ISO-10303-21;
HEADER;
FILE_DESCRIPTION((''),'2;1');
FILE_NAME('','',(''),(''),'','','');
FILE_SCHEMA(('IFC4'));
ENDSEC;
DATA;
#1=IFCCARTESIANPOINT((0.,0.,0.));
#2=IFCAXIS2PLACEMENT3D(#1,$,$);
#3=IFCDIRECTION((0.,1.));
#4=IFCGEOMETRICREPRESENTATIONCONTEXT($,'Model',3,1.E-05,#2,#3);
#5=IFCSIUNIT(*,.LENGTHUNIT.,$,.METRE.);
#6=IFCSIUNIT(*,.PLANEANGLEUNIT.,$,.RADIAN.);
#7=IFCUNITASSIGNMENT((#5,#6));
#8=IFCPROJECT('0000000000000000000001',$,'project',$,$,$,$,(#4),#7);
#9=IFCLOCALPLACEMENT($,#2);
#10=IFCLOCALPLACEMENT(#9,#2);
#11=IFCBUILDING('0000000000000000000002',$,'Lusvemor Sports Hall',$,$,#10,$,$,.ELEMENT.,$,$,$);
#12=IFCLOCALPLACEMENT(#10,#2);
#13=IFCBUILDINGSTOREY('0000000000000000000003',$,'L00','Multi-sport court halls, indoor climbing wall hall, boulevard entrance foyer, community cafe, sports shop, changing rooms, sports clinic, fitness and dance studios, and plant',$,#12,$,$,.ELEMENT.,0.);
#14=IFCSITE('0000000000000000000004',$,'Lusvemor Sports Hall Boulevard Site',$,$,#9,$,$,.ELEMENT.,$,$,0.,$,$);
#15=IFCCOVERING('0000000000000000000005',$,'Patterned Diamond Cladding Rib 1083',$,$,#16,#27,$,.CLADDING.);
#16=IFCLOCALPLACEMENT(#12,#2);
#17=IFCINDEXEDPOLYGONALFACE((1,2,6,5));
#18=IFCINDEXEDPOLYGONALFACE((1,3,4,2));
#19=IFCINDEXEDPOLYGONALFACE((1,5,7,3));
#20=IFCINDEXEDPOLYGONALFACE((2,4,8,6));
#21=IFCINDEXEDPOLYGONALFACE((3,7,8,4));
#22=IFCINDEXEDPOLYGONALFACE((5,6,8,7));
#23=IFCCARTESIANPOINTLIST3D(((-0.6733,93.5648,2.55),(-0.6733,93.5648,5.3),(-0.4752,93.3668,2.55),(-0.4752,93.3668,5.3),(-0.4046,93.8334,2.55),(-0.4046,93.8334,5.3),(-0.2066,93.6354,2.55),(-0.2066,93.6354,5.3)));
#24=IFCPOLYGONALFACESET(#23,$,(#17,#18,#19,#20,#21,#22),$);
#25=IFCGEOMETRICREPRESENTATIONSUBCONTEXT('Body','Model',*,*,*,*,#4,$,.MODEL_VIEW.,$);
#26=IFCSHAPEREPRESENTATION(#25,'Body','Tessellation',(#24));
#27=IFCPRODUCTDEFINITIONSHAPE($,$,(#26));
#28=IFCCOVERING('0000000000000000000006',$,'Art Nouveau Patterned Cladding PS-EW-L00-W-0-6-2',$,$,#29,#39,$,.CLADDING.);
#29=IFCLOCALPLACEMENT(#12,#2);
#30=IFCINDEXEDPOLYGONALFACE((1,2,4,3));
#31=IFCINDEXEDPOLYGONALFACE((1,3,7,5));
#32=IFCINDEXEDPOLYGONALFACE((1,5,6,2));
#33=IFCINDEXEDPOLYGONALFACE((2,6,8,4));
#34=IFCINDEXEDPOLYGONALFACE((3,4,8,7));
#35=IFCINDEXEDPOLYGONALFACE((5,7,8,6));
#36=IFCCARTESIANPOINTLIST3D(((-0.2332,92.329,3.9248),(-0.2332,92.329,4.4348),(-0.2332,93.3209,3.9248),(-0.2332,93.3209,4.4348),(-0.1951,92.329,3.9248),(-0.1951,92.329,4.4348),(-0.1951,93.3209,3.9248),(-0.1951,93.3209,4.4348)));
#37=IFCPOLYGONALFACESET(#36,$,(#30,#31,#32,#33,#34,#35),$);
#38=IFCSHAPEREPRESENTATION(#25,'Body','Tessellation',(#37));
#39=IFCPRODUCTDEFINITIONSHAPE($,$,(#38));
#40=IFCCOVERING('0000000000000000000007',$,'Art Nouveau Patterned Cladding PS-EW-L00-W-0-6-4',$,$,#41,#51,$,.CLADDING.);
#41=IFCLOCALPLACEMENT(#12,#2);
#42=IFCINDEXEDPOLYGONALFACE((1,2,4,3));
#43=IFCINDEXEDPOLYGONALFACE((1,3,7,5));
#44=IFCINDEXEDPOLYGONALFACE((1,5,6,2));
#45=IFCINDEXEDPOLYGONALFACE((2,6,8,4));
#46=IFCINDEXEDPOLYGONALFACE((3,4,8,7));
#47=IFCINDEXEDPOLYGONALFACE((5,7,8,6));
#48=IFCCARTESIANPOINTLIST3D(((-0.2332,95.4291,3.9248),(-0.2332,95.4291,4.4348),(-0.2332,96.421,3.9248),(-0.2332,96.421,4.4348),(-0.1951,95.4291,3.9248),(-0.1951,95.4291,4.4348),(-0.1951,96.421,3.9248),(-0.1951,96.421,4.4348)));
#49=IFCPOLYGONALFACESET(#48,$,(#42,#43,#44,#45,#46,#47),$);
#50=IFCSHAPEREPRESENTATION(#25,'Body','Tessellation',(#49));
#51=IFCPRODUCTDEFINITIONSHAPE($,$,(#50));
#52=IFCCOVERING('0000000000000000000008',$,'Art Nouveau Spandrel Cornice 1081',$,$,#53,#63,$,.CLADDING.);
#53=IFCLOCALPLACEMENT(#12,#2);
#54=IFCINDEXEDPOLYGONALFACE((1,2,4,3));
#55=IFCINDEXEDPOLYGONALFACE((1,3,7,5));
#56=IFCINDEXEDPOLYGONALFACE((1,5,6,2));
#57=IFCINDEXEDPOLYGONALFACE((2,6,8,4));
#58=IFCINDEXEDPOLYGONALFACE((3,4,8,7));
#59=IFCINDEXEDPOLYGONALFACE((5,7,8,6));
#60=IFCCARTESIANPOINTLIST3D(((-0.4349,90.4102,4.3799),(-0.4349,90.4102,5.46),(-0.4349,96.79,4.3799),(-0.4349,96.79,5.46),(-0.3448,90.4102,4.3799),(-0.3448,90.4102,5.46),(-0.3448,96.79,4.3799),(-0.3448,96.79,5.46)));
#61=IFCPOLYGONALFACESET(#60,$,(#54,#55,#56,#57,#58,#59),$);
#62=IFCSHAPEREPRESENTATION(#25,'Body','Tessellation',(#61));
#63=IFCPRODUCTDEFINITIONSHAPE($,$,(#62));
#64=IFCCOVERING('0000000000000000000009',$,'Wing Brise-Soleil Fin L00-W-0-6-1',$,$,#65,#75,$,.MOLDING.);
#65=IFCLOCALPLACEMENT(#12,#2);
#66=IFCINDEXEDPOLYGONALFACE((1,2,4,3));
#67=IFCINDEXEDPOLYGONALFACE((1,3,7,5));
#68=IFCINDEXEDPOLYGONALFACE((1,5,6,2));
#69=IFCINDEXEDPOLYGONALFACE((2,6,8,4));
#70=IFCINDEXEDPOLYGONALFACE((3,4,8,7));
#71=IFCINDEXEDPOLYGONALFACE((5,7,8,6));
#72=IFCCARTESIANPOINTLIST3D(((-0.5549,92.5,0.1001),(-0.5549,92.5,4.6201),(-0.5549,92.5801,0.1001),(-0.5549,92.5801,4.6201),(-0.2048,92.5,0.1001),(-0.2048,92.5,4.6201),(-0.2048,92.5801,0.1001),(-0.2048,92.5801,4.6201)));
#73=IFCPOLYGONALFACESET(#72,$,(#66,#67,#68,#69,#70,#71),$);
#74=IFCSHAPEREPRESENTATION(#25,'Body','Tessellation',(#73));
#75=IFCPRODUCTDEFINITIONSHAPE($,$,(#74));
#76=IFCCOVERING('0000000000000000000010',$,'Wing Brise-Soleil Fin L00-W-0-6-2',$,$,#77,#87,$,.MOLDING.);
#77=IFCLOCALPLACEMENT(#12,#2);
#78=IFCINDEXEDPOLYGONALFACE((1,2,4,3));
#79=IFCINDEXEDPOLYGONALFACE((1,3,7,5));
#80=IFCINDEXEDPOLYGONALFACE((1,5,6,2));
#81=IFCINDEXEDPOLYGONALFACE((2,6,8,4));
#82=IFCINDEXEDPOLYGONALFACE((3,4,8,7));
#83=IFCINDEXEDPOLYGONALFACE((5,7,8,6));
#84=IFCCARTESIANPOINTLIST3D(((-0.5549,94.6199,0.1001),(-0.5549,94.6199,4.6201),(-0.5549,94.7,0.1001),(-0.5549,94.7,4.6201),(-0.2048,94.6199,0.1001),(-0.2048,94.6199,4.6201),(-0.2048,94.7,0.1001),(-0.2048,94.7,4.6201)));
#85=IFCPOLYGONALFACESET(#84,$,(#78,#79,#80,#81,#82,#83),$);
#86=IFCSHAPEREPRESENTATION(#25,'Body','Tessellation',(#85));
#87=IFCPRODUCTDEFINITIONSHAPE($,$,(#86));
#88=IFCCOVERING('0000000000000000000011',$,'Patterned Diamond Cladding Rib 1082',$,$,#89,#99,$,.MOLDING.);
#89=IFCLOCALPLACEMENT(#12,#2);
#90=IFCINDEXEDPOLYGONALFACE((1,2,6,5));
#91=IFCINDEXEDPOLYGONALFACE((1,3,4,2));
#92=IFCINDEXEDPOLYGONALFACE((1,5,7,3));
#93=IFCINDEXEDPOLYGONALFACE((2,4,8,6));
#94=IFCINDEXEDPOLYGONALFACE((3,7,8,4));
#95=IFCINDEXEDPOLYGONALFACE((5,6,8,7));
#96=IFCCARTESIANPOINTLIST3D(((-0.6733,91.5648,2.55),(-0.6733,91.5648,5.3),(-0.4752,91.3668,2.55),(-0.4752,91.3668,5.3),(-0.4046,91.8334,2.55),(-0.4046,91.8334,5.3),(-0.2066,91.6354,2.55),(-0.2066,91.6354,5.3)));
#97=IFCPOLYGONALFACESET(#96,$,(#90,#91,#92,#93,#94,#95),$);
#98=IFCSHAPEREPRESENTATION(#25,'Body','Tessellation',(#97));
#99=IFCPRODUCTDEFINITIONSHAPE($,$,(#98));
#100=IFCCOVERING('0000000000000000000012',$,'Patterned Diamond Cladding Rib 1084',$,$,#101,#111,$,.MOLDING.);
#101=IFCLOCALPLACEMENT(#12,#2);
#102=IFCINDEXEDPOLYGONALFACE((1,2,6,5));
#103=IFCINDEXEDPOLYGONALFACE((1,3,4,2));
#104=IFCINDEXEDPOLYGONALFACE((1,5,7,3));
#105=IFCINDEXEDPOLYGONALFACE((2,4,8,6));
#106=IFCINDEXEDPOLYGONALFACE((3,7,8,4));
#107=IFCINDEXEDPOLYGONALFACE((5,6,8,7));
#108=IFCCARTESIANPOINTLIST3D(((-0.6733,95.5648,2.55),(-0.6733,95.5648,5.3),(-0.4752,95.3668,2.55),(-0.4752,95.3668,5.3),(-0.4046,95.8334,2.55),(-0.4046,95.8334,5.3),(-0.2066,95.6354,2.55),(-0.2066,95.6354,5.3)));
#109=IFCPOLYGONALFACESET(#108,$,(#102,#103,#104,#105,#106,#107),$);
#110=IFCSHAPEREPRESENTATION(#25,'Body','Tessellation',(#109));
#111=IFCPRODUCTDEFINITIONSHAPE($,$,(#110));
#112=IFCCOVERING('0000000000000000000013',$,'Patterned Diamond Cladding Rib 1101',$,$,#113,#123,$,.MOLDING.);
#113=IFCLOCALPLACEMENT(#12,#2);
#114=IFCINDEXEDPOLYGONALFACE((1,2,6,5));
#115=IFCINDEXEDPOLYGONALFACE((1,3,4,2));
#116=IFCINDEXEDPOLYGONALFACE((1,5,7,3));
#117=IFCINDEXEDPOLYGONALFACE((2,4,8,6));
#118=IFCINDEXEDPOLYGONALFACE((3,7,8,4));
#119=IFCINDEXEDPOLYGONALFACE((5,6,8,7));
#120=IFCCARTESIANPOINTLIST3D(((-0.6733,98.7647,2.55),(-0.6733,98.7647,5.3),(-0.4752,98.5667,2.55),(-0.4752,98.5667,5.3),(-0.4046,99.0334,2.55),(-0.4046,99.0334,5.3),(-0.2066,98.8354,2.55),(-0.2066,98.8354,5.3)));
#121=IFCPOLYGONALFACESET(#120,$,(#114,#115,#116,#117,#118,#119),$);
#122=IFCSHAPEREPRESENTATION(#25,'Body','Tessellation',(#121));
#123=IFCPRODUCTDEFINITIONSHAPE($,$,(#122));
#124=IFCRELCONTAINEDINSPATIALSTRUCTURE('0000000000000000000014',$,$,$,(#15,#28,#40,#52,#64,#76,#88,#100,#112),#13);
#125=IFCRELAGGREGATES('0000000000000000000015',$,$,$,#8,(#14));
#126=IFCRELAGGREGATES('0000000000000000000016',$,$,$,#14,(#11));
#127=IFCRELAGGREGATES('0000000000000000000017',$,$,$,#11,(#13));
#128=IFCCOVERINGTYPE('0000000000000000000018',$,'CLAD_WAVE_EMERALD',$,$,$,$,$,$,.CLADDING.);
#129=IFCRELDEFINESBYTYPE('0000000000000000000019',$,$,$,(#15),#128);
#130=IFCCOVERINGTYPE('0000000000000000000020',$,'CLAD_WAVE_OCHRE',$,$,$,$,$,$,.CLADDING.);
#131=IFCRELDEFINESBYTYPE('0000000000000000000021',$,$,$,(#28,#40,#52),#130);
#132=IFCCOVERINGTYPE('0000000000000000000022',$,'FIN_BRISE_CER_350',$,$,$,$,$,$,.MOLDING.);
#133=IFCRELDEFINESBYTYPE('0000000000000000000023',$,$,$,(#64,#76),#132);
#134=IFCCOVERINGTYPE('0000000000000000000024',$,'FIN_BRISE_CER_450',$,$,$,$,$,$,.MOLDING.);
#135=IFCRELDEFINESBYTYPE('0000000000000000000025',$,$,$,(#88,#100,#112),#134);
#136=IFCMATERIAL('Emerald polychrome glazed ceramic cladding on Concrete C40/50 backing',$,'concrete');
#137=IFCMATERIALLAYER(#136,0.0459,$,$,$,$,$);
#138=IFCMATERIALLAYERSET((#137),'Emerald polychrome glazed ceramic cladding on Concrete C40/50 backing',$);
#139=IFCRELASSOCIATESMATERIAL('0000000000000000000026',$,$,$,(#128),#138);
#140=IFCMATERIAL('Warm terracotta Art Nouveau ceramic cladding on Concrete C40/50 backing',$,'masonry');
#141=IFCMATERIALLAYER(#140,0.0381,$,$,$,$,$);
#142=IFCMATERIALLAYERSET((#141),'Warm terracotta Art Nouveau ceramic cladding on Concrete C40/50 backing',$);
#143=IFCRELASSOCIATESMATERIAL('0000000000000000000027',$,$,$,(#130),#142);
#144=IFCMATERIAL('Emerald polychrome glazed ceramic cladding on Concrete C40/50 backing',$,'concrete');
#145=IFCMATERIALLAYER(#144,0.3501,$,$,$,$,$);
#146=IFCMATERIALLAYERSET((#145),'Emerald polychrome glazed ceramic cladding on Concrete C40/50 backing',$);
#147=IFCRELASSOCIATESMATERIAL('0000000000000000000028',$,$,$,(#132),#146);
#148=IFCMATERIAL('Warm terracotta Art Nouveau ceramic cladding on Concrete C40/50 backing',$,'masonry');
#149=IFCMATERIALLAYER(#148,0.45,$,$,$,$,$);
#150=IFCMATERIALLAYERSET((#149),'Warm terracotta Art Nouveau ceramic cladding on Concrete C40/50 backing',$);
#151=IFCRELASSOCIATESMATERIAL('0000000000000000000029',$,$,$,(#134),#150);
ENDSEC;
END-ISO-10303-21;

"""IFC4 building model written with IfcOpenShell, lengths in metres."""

from ifc_helpers import new_model, si_unit, direction, frame, origin, origin_2d, place, context, subcontext, project, spatial, rectangle, extrude, material, layer, layer_set, type_object, element, save


model = new_model("IFC4")

# Units and contexts
model_context = context("Model", 3, precision=1e-05, world=origin(), true_north=direction((0.0, 1.0)))
body_context = subcontext(model_context, "Body", "Model", "MODEL_VIEW")
ifc_project = project(units=[si_unit("LENGTHUNIT", "METRE"), si_unit("PLANEANGLEUNIT", "RADIAN")], contexts=[model_context])

# Site, building, storey
site_placement = place(None, origin())
site = spatial("IfcSite", under=ifc_project, at=site_placement, Name="Lusvemor Sports Hall Boulevard Site", CompositionType="ELEMENT", RefElevation=0.0)
building_placement = place(site_placement, origin())
building = spatial("IfcBuilding", under=site, at=building_placement, Name="Lusvemor Sports Hall", CompositionType="ELEMENT")
storey_placement = place(building_placement, origin())
storey = spatial("IfcBuildingStorey", under=building, at=storey_placement, Name="L00", Description="Multi-sport court halls, indoor climbing wall hall, boulevard entrance foyer, community cafe, sports shop, changing rooms, sports clinic, fitness and dance studios, and plant", CompositionType="ELEMENT", Elevation=0.0)

# Coverings
ifc_material_1 = material(Name="Emerald polychrome glazed ceramic cladding on Concrete C40/50 backing", Category="concrete")
ifc_layer_1 = layer(ifc_material_1, 0.0459)
ifc_layer_set_1 = layer_set([ifc_layer_1], Name="Emerald polychrome glazed ceramic cladding on Concrete C40/50 backing")
covering_type_1 = type_object("IfcCoveringType", Name="CLAD_WAVE_EMERALD", PredefinedType="CLADDING", material=ifc_layer_set_1)
covering_1_placement = place(storey_placement, frame((-0.4399, 93.6001, 2.55), z_axis=(0.0, 0.0, 1.0), x_axis=(0.707107, 0.707107, 0.0)))
element("IfcCovering", 1, at=covering_1_placement, inside=storey, type_object=covering_type_1, Name="Patterned Diamond Cladding Rib 1083", PredefinedType="CLADDING", context=body_context, shape_type="SweptSolid", body=[
    extrude(rectangle(XDim=0.3799, YDim=0.28, at=origin_2d()), origin(), (0.0, 0.0, 1.0), 2.75),
])
ifc_material_2 = material(Name="Warm terracotta Art Nouveau ceramic cladding on Concrete C40/50 backing", Category="masonry")
ifc_layer_2 = layer(ifc_material_2, 0.0381)
ifc_layer_set_2 = layer_set([ifc_layer_2], Name="Warm terracotta Art Nouveau ceramic cladding on Concrete C40/50 backing")
covering_type_2 = type_object("IfcCoveringType", Name="CLAD_WAVE_OCHRE", PredefinedType="CLADDING", material=ifc_layer_set_2)
for number, where, z_axis, x_axis, name in (
    (2, (-0.2141, 92.825, 3.9248), (0.0, 0.0, 1.0), (1.0, 0.0, 0.0), "Art Nouveau Patterned Cladding PS-EW-L00-W-0-6-2"),
    (3, (-0.2141, 95.925, 3.9248), (0.0, 0.0, 1.0), (1.0, 0.0, 0.0), "Art Nouveau Patterned Cladding PS-EW-L00-W-0-6-4"),
):
    element("IfcCovering", number, at=place(storey_placement, frame(where, z_axis=z_axis, x_axis=x_axis)), inside=storey, type_object=covering_type_2, Name=name, PredefinedType="CLADDING", context=body_context, shape_type="SweptSolid", body=[
        extrude(rectangle(XDim=0.0381, YDim=0.9919, at=origin_2d()), origin(), (0.0, 0.0, 1.0), 0.51),
    ])
covering_2_placement = place(storey_placement, frame((-0.3899, 93.6001, 4.3799), z_axis=(0.0, 0.0, 1.0), x_axis=(1.0, 0.0, 0.0)))
element("IfcCovering", 4, at=covering_2_placement, inside=storey, type_object=covering_type_2, Name="Art Nouveau Spandrel Cornice 1081", PredefinedType="CLADDING", context=body_context, shape_type="SweptSolid", body=[
    extrude(rectangle(XDim=0.0901, YDim=6.3799, at=origin_2d()), origin(), (0.0, 0.0, 1.0), 1.0801),
])
ifc_material_3 = material(Name="Emerald polychrome glazed ceramic cladding on Concrete C40/50 backing", Category="concrete")
ifc_layer_3 = layer(ifc_material_3, 0.3501)
ifc_layer_set_3 = layer_set([ifc_layer_3], Name="Emerald polychrome glazed ceramic cladding on Concrete C40/50 backing")
covering_type_3 = type_object("IfcCoveringType", Name="FIN_BRISE_CER_350", PredefinedType="MOLDING", material=ifc_layer_set_3)
for number, where, z_axis, x_axis, name in (
    (5, (-0.3799, 92.54, 0.1001), (0.0, 0.0, 1.0), (1.0, 0.0, 0.0), "Wing Brise-Soleil Fin L00-W-0-6-1"),
    (6, (-0.3799, 94.6599, 0.1001), (0.0, 0.0, 1.0), (1.0, 0.0, 0.0), "Wing Brise-Soleil Fin L00-W-0-6-2"),
):
    element("IfcCovering", number, at=place(storey_placement, frame(where, z_axis=z_axis, x_axis=x_axis)), inside=storey, type_object=covering_type_3, Name=name, PredefinedType="MOLDING", context=body_context, shape_type="SweptSolid", body=[
        extrude(rectangle(XDim=0.3501, YDim=0.0801, at=origin_2d()), origin(), (0.0, 0.0, 1.0), 4.52),
    ])
ifc_material_4 = material(Name="Warm terracotta Art Nouveau ceramic cladding on Concrete C40/50 backing", Category="masonry")
ifc_layer_4 = layer(ifc_material_4, 0.45)
ifc_layer_set_4 = layer_set([ifc_layer_4], Name="Warm terracotta Art Nouveau ceramic cladding on Concrete C40/50 backing")
covering_type_4 = type_object("IfcCoveringType", Name="FIN_BRISE_CER_450", PredefinedType="MOLDING", material=ifc_layer_set_4)
for number, where, z_axis, x_axis, name in (
    (7, (-0.4399, 91.6001, 2.55), (0.0, 0.0, 1.0), (0.707107, 0.707107, 0.0), "Patterned Diamond Cladding Rib 1082"),
    (8, (-0.4399, 95.6001, 2.55), (0.0, 0.0, 1.0), (0.707107, 0.707107, 0.0), "Patterned Diamond Cladding Rib 1084"),
    (9, (-0.4399, 98.8, 2.55), (0.0, 0.0, 1.0), (0.707107, 0.707107, 0.0), "Patterned Diamond Cladding Rib 1101"),
):
    element("IfcCovering", number, at=place(storey_placement, frame(where, z_axis=z_axis, x_axis=x_axis)), inside=storey, type_object=covering_type_4, Name=name, PredefinedType="MOLDING", context=body_context, shape_type="SweptSolid", body=[
        extrude(rectangle(XDim=0.3799, YDim=0.28, at=origin_2d()), origin(), (0.0, 0.0, 1.0), 2.75),
    ])

save(model, "model.ifc")
